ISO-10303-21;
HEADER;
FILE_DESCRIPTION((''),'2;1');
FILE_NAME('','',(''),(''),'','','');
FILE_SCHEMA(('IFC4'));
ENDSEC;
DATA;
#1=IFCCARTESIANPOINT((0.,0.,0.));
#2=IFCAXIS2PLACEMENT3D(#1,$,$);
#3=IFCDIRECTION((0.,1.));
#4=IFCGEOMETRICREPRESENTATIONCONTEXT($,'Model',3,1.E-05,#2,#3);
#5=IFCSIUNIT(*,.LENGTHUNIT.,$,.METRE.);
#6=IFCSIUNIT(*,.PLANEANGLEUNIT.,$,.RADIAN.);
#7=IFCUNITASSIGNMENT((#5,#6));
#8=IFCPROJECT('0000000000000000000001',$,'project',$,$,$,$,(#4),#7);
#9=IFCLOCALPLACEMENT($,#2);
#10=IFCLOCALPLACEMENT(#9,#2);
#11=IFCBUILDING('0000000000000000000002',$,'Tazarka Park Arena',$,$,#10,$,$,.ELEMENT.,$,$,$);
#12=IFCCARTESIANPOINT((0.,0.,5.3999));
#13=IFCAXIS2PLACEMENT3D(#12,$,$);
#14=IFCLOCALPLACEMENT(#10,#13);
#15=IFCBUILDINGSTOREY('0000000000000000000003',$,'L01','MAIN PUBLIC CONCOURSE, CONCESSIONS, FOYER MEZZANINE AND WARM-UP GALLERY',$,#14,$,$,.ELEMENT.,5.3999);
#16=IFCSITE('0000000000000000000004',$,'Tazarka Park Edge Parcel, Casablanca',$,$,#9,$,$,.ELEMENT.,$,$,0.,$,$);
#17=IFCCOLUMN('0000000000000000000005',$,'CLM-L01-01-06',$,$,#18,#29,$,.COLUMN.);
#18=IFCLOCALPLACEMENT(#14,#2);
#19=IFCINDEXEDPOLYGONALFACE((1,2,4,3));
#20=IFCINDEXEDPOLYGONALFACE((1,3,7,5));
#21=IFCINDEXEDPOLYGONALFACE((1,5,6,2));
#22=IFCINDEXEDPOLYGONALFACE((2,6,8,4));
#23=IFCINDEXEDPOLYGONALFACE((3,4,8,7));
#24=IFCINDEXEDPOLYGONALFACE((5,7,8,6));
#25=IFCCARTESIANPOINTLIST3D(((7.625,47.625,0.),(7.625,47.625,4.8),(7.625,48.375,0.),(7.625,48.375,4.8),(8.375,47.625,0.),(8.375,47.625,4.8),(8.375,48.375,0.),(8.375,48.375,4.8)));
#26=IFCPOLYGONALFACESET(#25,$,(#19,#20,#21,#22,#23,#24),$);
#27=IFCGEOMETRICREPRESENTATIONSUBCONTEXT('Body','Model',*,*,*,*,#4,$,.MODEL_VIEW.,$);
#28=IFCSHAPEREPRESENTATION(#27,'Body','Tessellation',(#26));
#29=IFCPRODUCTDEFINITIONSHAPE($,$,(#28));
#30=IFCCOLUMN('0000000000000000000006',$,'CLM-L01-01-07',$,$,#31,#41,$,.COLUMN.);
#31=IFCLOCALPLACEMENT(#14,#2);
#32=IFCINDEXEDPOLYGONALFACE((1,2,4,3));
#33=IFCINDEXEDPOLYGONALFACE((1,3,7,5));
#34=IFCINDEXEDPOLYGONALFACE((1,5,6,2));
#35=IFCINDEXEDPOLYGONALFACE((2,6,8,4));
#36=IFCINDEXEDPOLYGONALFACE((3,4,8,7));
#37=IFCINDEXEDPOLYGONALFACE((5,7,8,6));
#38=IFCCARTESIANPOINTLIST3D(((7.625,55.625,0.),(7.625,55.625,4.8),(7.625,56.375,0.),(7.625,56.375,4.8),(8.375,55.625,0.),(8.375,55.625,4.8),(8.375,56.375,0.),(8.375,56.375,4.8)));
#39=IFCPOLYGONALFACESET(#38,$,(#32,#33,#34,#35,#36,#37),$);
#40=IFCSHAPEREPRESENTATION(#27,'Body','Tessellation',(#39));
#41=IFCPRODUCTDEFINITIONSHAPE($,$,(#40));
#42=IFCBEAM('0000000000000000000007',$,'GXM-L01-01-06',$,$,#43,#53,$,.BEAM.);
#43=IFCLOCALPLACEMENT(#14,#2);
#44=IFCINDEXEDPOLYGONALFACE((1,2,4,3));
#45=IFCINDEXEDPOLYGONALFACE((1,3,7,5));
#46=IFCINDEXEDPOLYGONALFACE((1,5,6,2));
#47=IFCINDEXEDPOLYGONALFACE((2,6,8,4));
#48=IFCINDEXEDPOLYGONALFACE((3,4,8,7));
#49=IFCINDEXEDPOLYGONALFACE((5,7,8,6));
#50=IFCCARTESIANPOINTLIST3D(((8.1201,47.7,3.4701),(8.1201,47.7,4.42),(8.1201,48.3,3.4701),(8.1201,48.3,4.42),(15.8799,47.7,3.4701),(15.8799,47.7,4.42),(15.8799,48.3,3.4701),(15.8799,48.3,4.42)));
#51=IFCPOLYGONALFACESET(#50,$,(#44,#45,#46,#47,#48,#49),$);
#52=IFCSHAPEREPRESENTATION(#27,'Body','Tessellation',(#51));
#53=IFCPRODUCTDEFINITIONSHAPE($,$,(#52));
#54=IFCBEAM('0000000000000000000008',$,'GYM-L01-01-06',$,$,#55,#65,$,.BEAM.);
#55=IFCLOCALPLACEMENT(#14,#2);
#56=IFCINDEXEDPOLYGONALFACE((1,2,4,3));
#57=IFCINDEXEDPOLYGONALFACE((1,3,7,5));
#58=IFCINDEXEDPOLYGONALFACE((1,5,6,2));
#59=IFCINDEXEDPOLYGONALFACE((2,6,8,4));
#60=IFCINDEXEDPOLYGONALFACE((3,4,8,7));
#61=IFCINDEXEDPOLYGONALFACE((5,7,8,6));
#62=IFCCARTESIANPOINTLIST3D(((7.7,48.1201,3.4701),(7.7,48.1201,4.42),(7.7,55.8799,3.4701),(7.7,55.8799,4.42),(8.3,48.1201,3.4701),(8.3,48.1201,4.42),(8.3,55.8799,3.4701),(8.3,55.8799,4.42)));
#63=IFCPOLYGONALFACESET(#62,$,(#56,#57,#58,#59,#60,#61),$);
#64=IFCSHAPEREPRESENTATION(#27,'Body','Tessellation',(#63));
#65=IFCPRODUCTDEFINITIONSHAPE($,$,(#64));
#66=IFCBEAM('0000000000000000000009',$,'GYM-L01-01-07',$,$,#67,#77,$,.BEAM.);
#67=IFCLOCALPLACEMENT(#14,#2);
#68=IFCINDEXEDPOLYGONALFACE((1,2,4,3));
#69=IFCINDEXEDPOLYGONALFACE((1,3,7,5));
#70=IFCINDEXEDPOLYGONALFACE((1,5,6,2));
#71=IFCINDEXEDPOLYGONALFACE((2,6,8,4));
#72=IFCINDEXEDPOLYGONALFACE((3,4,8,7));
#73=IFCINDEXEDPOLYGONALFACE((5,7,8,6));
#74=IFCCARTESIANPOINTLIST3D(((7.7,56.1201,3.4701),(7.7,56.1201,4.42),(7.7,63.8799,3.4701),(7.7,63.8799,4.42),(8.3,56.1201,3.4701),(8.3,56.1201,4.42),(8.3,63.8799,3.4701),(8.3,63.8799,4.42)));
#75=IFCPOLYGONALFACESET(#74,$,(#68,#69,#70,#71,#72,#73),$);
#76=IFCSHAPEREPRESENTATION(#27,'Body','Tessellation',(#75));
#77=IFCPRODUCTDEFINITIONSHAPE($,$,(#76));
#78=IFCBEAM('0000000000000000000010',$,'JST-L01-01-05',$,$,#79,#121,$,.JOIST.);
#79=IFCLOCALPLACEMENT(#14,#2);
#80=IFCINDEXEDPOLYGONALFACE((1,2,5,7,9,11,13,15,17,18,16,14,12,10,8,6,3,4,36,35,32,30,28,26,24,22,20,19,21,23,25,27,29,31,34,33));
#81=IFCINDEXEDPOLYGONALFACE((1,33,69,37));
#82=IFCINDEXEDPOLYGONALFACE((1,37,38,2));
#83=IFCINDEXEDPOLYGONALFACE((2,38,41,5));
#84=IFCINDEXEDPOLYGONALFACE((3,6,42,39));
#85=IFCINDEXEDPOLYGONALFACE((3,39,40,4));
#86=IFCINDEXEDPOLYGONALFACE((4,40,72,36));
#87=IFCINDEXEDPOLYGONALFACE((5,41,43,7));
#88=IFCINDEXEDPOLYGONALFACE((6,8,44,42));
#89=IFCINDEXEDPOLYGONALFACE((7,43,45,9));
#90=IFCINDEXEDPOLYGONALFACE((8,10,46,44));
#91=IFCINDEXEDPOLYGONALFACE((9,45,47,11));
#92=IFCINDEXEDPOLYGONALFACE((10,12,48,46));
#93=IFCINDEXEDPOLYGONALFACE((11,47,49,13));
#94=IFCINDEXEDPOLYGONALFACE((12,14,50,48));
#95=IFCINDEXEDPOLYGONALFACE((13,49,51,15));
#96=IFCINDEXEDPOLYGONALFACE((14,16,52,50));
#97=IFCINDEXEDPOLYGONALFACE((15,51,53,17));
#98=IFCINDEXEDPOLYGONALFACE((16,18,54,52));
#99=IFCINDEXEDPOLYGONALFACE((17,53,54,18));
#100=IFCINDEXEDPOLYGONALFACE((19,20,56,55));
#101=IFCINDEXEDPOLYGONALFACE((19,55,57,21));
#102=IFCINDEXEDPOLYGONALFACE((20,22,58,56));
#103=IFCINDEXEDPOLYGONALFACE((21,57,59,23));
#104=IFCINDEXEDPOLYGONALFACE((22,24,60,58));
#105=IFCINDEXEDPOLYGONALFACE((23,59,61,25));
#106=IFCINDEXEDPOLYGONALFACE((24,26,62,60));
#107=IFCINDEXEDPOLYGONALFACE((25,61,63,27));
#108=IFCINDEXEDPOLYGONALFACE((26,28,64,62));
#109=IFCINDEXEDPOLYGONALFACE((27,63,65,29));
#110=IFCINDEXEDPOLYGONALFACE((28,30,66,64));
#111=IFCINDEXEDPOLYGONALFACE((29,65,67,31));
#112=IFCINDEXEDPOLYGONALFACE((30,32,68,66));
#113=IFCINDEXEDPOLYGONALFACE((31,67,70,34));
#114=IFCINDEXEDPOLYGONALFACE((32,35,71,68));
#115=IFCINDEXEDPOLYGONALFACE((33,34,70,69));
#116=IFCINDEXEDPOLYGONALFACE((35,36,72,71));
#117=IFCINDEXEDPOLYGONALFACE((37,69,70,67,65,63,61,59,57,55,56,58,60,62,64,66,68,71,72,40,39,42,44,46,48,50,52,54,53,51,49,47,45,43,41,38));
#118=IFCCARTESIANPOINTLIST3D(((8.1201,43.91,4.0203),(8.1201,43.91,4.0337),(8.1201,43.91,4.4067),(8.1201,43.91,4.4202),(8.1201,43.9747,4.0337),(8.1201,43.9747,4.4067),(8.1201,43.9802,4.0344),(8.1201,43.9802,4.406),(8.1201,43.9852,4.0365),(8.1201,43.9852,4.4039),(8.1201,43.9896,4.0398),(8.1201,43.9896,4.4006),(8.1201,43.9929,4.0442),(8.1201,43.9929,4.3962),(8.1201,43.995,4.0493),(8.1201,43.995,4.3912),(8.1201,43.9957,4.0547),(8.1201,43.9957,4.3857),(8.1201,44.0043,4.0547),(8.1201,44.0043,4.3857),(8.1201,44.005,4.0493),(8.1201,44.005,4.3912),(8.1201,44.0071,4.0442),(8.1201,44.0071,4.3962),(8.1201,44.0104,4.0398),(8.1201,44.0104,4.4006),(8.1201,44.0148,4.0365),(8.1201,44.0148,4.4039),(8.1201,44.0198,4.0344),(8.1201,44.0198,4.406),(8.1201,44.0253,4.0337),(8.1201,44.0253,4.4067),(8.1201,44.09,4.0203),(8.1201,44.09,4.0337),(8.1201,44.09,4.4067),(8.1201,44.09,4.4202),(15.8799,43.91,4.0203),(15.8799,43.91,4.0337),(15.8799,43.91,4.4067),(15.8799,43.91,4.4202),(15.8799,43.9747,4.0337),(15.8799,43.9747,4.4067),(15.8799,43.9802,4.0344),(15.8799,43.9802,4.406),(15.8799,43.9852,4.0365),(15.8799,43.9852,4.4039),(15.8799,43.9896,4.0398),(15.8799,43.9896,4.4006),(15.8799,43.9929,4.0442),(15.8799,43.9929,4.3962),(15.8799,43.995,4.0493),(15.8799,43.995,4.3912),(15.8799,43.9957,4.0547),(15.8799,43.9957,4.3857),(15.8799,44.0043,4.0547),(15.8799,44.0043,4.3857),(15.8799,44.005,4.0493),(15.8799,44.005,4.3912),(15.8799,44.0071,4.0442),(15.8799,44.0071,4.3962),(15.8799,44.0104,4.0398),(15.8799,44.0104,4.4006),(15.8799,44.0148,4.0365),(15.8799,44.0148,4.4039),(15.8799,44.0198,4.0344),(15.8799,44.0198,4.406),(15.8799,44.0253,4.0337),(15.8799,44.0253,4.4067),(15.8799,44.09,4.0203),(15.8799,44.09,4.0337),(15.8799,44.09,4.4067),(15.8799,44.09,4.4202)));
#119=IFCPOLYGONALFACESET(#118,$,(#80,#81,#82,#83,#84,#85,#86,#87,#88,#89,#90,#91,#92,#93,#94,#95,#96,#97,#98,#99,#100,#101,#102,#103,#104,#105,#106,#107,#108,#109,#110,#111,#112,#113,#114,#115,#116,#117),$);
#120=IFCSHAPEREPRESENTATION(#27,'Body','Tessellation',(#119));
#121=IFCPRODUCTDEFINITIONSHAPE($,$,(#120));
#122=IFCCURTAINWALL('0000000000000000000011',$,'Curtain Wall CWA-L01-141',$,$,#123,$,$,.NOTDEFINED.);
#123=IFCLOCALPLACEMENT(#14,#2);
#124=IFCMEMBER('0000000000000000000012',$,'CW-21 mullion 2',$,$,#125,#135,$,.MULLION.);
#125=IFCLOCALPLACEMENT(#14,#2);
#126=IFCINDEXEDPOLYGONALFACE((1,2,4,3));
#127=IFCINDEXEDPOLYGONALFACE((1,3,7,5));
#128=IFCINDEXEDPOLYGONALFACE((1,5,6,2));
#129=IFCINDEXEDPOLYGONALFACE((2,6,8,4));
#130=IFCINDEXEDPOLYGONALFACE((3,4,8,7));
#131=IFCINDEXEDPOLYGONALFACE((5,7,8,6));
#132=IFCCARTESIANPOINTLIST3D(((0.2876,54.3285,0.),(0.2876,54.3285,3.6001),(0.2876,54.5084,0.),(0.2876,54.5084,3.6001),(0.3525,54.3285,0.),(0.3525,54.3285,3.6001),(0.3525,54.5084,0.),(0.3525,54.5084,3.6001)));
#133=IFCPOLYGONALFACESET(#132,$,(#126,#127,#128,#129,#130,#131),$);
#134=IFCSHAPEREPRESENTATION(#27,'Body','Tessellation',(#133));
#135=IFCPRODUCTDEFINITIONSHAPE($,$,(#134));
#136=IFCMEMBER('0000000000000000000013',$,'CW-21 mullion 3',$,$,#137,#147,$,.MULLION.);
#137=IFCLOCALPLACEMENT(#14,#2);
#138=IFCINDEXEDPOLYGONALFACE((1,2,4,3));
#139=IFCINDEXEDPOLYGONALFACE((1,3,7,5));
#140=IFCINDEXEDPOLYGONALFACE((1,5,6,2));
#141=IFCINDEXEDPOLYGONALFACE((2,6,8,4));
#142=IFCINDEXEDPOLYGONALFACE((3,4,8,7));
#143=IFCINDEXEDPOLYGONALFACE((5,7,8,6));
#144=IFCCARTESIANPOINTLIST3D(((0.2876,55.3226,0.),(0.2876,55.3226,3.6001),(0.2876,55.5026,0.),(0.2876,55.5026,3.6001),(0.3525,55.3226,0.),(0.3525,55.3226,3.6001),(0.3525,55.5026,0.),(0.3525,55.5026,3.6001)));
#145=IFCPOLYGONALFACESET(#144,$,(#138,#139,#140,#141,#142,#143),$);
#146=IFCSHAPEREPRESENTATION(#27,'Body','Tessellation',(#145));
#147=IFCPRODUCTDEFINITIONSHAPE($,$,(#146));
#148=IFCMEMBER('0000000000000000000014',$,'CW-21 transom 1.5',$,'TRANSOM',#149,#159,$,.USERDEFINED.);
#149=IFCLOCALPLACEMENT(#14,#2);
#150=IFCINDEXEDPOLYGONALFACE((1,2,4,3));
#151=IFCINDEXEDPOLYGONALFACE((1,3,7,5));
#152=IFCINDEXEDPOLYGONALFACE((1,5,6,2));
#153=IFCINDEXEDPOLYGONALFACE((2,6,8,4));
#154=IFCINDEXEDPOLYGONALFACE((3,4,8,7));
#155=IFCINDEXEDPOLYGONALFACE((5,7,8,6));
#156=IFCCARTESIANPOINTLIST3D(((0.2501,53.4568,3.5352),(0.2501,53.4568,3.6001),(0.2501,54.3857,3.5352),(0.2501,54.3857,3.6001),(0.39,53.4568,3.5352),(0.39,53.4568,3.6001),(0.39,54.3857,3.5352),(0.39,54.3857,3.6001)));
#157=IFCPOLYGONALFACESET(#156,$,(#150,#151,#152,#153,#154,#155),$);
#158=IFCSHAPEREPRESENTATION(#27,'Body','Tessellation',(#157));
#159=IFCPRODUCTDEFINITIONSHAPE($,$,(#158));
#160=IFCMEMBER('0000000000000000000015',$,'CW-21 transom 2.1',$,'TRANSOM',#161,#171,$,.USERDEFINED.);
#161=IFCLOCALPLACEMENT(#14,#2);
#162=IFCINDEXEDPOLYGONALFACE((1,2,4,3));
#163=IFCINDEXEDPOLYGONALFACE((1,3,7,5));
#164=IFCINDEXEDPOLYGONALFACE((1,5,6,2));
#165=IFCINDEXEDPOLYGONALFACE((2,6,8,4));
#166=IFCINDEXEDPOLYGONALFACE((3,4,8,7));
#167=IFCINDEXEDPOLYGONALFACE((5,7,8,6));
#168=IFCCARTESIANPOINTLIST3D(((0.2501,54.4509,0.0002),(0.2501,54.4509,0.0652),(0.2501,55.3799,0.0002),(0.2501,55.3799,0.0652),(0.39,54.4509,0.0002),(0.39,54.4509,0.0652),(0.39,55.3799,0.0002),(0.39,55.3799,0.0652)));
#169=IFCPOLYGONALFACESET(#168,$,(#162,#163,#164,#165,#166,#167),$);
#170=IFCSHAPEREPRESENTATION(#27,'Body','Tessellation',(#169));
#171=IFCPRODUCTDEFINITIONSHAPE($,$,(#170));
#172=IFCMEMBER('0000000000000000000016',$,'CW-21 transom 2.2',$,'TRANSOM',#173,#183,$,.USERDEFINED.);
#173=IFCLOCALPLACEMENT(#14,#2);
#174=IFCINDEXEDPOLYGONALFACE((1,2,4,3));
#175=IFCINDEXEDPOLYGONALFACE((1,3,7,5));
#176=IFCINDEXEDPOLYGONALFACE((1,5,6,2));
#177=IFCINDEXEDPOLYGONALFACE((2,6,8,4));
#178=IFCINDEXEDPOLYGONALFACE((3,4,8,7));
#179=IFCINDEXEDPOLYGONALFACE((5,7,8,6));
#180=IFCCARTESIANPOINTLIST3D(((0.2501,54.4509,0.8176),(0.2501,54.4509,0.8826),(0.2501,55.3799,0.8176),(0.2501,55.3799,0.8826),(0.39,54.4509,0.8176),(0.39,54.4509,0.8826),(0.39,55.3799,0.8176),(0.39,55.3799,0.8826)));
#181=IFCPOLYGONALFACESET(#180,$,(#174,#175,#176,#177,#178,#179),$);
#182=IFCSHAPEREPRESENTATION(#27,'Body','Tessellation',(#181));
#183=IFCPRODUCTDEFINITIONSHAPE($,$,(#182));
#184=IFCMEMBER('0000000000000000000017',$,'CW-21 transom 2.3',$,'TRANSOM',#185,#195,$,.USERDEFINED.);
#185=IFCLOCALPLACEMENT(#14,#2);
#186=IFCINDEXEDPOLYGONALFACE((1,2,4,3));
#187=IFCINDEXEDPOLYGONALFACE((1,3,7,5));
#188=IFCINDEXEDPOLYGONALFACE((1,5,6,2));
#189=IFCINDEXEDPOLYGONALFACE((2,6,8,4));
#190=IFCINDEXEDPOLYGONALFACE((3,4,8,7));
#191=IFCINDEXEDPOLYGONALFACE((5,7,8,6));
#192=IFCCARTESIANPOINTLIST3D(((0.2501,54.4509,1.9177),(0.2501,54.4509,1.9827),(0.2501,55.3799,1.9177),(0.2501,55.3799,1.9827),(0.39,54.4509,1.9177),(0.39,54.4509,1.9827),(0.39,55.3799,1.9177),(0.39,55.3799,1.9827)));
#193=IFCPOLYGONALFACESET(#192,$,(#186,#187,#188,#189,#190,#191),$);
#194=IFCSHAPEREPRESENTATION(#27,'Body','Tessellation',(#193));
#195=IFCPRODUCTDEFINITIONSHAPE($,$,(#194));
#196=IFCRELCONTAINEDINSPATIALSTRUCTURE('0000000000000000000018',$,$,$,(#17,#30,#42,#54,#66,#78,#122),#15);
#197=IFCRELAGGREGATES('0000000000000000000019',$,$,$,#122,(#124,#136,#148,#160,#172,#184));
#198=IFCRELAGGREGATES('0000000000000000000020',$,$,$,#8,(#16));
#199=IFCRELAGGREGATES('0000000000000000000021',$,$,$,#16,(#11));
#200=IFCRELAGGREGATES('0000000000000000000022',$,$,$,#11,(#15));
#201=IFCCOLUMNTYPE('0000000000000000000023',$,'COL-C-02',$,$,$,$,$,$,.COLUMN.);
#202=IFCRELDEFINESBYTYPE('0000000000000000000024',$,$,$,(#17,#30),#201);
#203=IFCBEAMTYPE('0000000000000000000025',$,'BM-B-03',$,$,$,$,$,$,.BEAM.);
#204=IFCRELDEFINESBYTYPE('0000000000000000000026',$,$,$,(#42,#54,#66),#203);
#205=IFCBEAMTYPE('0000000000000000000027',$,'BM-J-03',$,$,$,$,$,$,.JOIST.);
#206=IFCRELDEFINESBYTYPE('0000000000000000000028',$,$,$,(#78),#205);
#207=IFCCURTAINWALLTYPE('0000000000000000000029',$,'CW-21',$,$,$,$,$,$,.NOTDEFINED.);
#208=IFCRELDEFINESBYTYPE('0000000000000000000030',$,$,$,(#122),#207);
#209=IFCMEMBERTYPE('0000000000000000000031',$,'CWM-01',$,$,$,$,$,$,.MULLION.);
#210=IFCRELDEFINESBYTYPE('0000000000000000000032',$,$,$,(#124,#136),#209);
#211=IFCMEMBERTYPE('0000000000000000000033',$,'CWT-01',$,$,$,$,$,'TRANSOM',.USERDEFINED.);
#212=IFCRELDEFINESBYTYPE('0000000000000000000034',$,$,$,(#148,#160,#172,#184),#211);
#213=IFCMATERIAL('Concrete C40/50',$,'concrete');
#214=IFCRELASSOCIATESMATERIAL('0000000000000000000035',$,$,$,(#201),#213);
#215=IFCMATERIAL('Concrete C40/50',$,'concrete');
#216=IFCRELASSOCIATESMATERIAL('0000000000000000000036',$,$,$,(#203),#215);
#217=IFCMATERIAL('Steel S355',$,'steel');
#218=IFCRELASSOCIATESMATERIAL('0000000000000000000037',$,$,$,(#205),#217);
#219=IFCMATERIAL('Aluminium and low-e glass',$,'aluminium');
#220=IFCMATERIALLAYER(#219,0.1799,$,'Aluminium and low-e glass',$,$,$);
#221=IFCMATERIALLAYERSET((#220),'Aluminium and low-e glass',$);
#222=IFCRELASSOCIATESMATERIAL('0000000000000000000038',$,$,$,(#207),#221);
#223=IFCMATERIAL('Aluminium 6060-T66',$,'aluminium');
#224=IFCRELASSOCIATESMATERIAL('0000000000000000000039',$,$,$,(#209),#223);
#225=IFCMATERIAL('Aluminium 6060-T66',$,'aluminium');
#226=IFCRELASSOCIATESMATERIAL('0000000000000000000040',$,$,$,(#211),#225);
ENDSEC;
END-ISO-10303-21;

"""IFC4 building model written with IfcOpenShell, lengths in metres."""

from ifc_helpers import new_model, si_unit, direction, frame, origin, origin_2d, place, context, subcontext, project, spatial, rectangle, i_section, extrude, material, layer, layer_set, material_profile, profile_set, type_object, element, aggregate, save


model = new_model("IFC4")

# Units and contexts
model_context = context("Model", 3, precision=1e-05, world=origin(), true_north=direction((0.0, 1.0)))
body_context = subcontext(model_context, "Body", "Model", "MODEL_VIEW")
ifc_project = project(units=[si_unit("LENGTHUNIT", "METRE"), si_unit("PLANEANGLEUNIT", "RADIAN")], contexts=[model_context])

# Site, building, storey
site_placement = place(None, origin())
site = spatial("IfcSite", under=ifc_project, at=site_placement, Name="Tazarka Park Edge Parcel, Casablanca", CompositionType="ELEMENT", RefElevation=0.0)
building_placement = place(site_placement, origin())
building = spatial("IfcBuilding", under=site, at=building_placement, Name="Tazarka Park Arena", CompositionType="ELEMENT")
storey_placement = place(building_placement, frame((0.0, 0.0, 5.3999)))
storey = spatial("IfcBuildingStorey", under=building, at=storey_placement, Name="L01", Description="MAIN PUBLIC CONCOURSE, CONCESSIONS, FOYER MEZZANINE AND WARM-UP GALLERY", CompositionType="ELEMENT", Elevation=5.3999)

# Columns
ifc_material_1 = material(Name="Concrete C40/50", Category="concrete")
ifc_material_profile_1 = material_profile(ifc_material_1, rectangle(XDim=0.75, YDim=0.75, at=origin_2d()), Name="Concrete C40/50")
ifc_profile_set_1 = profile_set([ifc_material_profile_1], Name="Concrete C40/50")
column_type = type_object("IfcColumnType", Name="COL-C-02", PredefinedType="COLUMN", material=ifc_profile_set_1)
for number, where, z_axis, x_axis, name in (
    (1, (8.0, 48.0, 0.0), (0.0, 0.0, 1.0), (1.0, 0.0, 0.0), "CLM-L01-01-06"),
    (2, (8.0, 56.0, 0.0), (0.0, 0.0, 1.0), (1.0, 0.0, 0.0), "CLM-L01-01-07"),
):
    element("IfcColumn", number, at=place(storey_placement, frame(where, z_axis=z_axis, x_axis=x_axis)), inside=storey, type_object=column_type, Name=name, PredefinedType="COLUMN", context=body_context, shape_type="SweptSolid", body=[
        extrude(rectangle(XDim=0.75, YDim=0.75, at=origin_2d()), origin(), (0.0, 0.0, 1.0), 4.8),
    ])

# Beams
ifc_material_2 = material(Name="Concrete C40/50", Category="concrete")
ifc_material_profile_2 = material_profile(ifc_material_2, rectangle(XDim=0.6001, YDim=0.95, at=origin_2d()), Name="Concrete C40/50")
ifc_profile_set_2 = profile_set([ifc_material_profile_2], Name="Concrete C40/50")
beam_type_1 = type_object("IfcBeamType", Name="BM-B-03", PredefinedType="BEAM", material=ifc_profile_set_2)
for number, where, z_axis, x_axis, name in (
    (3, (8.1201, 48.0, 3.9451), (1.0, 0.0, 0.0), (0.0, 1.0, 0.0), "GXM-L01-01-06"),
    (4, (8.0, 48.1201, 3.9451), (0.0, 1.0, 0.0), (-1.0, 0.0, 0.0), "GYM-L01-01-06"),
    (5, (8.0, 56.1201, 3.9451), (0.0, 1.0, 0.0), (-1.0, 0.0, 0.0), "GYM-L01-01-07"),
):
    element("IfcBeam", number, at=place(storey_placement, frame(where, z_axis=z_axis, x_axis=x_axis)), inside=storey, type_object=beam_type_1, Name=name, PredefinedType="BEAM", context=body_context, shape_type="SweptSolid", body=[
        extrude(rectangle(XDim=0.6001, YDim=0.95, at=origin_2d()), origin(), (0.0, 0.0, 1.0), 7.7598),
    ])
ifc_material_3 = material(Name="Steel S355", Category="steel")
ifc_material_profile_3 = material_profile(ifc_material_3, i_section(OverallWidth=0.1799, OverallDepth=0.3999, WebThickness=0.0085, FlangeThickness=0.0134, FilletRadius=0.021, at=origin_2d()), Name="Steel S355")
ifc_profile_set_3 = profile_set([ifc_material_profile_3], Name="Steel S355")
beam_type_2 = type_object("IfcBeamType", Name="BM-J-03", PredefinedType="JOIST", material=ifc_profile_set_3)
beam_placement = place(storey_placement, frame((8.1201, 44.0, 4.2202), z_axis=(1.0, 0.0, 0.0), x_axis=(0.0, 1.0, 0.0)))
element("IfcBeam", 6, at=beam_placement, inside=storey, type_object=beam_type_2, Name="JST-L01-01-05", PredefinedType="JOIST", context=body_context, shape_type="SweptSolid", body=[
    extrude(i_section(OverallWidth=0.1799, OverallDepth=0.3999, WebThickness=0.0085, FlangeThickness=0.0134, FilletRadius=0.021, at=origin_2d()), origin(), (0.0, 0.0, 1.0), 7.7598),
])

# Curtain wall, members
ifc_material_4 = material(Name="Aluminium and low-e glass", Category="aluminium")
ifc_layer_1 = layer(ifc_material_4, 0.1799, Name="Aluminium and low-e glass")
ifc_layer_set_1 = layer_set([ifc_layer_1], Name="Aluminium and low-e glass")
curtain_wall_type = type_object("IfcCurtainWallType", Name="CW-21", PredefinedType="NOTDEFINED", material=ifc_layer_set_1)
curtain_wall_placement = place(storey_placement, origin())
curtain_wall = element("IfcCurtainWall", 7, at=curtain_wall_placement, inside=storey, type_object=curtain_wall_type, Name="Curtain Wall CWA-L01-141", PredefinedType="NOTDEFINED")
ifc_material_5 = material(Name="Aluminium 6060-T66", Category="aluminium")
ifc_material_profile_4 = material_profile(ifc_material_5, rectangle(XDim=0.0649, YDim=0.1799, at=origin_2d()), Name="Aluminium 6060-T66")
ifc_profile_set_4 = profile_set([ifc_material_profile_4], Name="Aluminium 6060-T66")
member_type_1 = type_object("IfcMemberType", Name="CWM-01", PredefinedType="MULLION", material=ifc_profile_set_4)
member_1_placement = place(storey_placement, frame((0.3201, 54.4185, 0.0), z_axis=(0.0, 0.0, 1.0), x_axis=(-1.0, 0.0, 0.0)))
member_1 = element("IfcMember", 8, at=member_1_placement, type_object=member_type_1, Name="CW-21 mullion 2", PredefinedType="MULLION", context=body_context, shape_type="SweptSolid", body=[
    extrude(rectangle(XDim=0.0649, YDim=0.1799, at=origin_2d()), origin(), (0.0, 0.0, 1.0), 3.6001),
])
member_2_placement = place(storey_placement, frame((0.3201, 55.4126, 0.0), z_axis=(0.0, 0.0, 1.0), x_axis=(-1.0, 0.0, 0.0)))
member_2 = element("IfcMember", 9, at=member_2_placement, type_object=member_type_1, Name="CW-21 mullion 3", PredefinedType="MULLION", context=body_context, shape_type="SweptSolid", body=[
    extrude(rectangle(XDim=0.0649, YDim=0.1799, at=origin_2d()), origin(), (0.0, 0.0, 1.0), 3.6001),
])
ifc_material_6 = material(Name="Aluminium 6060-T66", Category="aluminium")
ifc_material_profile_5 = material_profile(ifc_material_6, rectangle(XDim=0.1399, YDim=0.0649, at=origin_2d()), Name="Aluminium 6060-T66")
ifc_profile_set_5 = profile_set([ifc_material_profile_5], Name="Aluminium 6060-T66")
member_type_2 = type_object("IfcMemberType", Name="CWT-01", ElementType="TRANSOM", PredefinedType="USERDEFINED", material=ifc_profile_set_5)
member_3_placement = place(storey_placement, frame((0.3201, 53.4568, 3.5676), z_axis=(0.0, 1.0, 0.0), x_axis=(-1.0, 0.0, 0.0)))
member_3 = element("IfcMember", 10, at=member_3_placement, type_object=member_type_2, Name="CW-21 transom 1.5", ObjectType="TRANSOM", PredefinedType="USERDEFINED", context=body_context, shape_type="SweptSolid", body=[
    extrude(rectangle(XDim=0.1399, YDim=0.0649, at=origin_2d()), origin(), (0.0, 0.0, 1.0), 0.929),
])
member_4_placement = place(storey_placement, frame((0.3201, 54.4509, 0.0327), z_axis=(0.0, 1.0, 0.0), x_axis=(-1.0, 0.0, 0.0)))
member_4 = element("IfcMember", 11, at=member_4_placement, type_object=member_type_2, Name="CW-21 transom 2.1", ObjectType="TRANSOM", PredefinedType="USERDEFINED", context=body_context, shape_type="SweptSolid", body=[
    extrude(rectangle(XDim=0.1399, YDim=0.0649, at=origin_2d()), origin(), (0.0, 0.0, 1.0), 0.929),
])
member_5_placement = place(storey_placement, frame((0.3201, 54.4509, 0.8501), z_axis=(0.0, 1.0, 0.0), x_axis=(-1.0, 0.0, 0.0)))
member_5 = element("IfcMember", 12, at=member_5_placement, type_object=member_type_2, Name="CW-21 transom 2.2", ObjectType="TRANSOM", PredefinedType="USERDEFINED", context=body_context, shape_type="SweptSolid", body=[
    extrude(rectangle(XDim=0.1399, YDim=0.0649, at=origin_2d()), origin(), (0.0, 0.0, 1.0), 0.929),
])
member_6_placement = place(storey_placement, frame((0.3201, 54.4509, 1.9502), z_axis=(0.0, 1.0, 0.0), x_axis=(-1.0, 0.0, 0.0)))
member_6 = element("IfcMember", 13, at=member_6_placement, type_object=member_type_2, Name="CW-21 transom 2.3", ObjectType="TRANSOM", PredefinedType="USERDEFINED", context=body_context, shape_type="SweptSolid", body=[
    extrude(rectangle(XDim=0.1399, YDim=0.0649, at=origin_2d()), origin(), (0.0, 0.0, 1.0), 0.929),
])
aggregate(curtain_wall, [member_1, member_2, member_3, member_4, member_5, member_6])

save(model, "model.ifc")
